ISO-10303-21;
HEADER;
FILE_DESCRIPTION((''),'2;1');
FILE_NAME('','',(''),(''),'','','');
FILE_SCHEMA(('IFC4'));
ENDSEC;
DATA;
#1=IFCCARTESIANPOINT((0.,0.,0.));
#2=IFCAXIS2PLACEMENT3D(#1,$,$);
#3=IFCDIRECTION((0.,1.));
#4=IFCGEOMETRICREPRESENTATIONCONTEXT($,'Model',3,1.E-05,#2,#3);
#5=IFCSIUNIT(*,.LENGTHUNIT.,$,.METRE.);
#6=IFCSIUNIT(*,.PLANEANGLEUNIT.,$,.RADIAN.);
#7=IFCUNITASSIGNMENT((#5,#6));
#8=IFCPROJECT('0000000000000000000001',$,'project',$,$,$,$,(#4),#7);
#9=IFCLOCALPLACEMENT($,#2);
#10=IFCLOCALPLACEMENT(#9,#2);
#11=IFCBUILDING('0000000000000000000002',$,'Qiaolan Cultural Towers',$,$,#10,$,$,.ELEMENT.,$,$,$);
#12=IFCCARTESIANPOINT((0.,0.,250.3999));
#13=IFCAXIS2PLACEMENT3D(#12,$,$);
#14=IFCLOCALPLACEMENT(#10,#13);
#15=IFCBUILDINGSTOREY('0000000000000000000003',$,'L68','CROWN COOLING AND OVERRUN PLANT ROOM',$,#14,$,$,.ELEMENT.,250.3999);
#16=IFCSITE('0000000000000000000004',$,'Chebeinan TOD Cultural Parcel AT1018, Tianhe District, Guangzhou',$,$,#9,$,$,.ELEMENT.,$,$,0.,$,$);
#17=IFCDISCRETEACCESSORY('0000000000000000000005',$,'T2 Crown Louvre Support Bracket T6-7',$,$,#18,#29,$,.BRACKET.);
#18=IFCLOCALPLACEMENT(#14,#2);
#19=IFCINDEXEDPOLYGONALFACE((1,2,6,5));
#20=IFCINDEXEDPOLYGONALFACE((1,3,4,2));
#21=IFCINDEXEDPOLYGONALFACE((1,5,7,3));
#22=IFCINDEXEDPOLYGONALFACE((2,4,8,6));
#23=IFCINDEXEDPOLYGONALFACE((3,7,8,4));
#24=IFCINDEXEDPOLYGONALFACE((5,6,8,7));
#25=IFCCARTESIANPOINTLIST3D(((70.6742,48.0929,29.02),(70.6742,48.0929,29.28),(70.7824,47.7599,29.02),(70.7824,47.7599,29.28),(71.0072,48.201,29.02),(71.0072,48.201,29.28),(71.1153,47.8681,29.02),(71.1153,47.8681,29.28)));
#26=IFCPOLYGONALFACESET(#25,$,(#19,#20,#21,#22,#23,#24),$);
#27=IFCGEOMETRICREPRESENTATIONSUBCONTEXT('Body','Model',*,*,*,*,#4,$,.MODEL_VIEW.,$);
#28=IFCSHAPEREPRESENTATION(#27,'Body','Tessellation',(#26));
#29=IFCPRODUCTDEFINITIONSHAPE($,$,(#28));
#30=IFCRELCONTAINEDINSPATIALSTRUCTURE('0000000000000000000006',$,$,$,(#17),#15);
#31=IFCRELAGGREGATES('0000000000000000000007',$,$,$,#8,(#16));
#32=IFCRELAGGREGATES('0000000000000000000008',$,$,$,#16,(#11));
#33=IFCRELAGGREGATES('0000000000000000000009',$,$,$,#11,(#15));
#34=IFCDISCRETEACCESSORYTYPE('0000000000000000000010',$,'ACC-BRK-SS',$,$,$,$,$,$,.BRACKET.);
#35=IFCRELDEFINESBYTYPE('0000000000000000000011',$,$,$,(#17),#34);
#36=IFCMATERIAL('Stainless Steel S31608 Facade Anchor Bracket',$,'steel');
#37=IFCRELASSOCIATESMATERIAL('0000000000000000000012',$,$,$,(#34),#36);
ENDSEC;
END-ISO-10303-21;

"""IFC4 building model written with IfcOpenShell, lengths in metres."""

from ifc_helpers import new_model, si_unit, direction, frame, origin, origin_2d, place, context, subcontext, project, spatial, rectangle, extrude, material, type_object, element, save


model = new_model("IFC4")

# Units and contexts
model_context = context("Model", 3, precision=1e-05, world=origin(), true_north=direction((0.0, 1.0)))
body_context = subcontext(model_context, "Body", "Model", "MODEL_VIEW")
ifc_project = project(units=[si_unit("LENGTHUNIT", "METRE"), si_unit("PLANEANGLEUNIT", "RADIAN")], contexts=[model_context])

# Site, building, storey
site_placement = place(None, origin())
site = spatial("IfcSite", under=ifc_project, at=site_placement, Name="Chebeinan TOD Cultural Parcel AT1018, Tianhe District, Guangzhou", CompositionType="ELEMENT", RefElevation=0.0)
building_placement = place(site_placement, origin())
building = spatial("IfcBuilding", under=site, at=building_placement, Name="Qiaolan Cultural Towers", CompositionType="ELEMENT")
storey_placement = place(building_placement, frame((0.0, 0.0, 250.3999)))
storey = spatial("IfcBuildingStorey", under=building, at=storey_placement, Name="L68", Description="CROWN COOLING AND OVERRUN PLANT ROOM", CompositionType="ELEMENT", Elevation=250.3999)

# Discrete accessory
ifc_material_1 = material(Name="Stainless Steel S31608 Facade Anchor Bracket", Category="steel")
discrete_accessory_type = type_object("IfcDiscreteAccessoryType", Name="ACC-BRK-SS", PredefinedType="BRACKET", material=ifc_material_1)
for number, where, z_axis, x_axis, name in (
    (1, (70.8948, 47.9805, 29.02), (0.0, 0.0, 1.0), (0.309017, -0.951057, 0.0), "T2 Crown Louvre Support Bracket T6-7"),
):
    element("IfcDiscreteAccessory", number, at=place(storey_placement, frame(where, z_axis=z_axis, x_axis=x_axis)), inside=storey, type_object=discrete_accessory_type, Name=name, PredefinedType="BRACKET", context=body_context, shape_type="SweptSolid", body=[
        extrude(rectangle(XDim=0.3501, YDim=0.3501, at=origin_2d()), origin(), (0.0, 0.0, 1.0), 0.26),
    ])

save(model, "model.ifc")
